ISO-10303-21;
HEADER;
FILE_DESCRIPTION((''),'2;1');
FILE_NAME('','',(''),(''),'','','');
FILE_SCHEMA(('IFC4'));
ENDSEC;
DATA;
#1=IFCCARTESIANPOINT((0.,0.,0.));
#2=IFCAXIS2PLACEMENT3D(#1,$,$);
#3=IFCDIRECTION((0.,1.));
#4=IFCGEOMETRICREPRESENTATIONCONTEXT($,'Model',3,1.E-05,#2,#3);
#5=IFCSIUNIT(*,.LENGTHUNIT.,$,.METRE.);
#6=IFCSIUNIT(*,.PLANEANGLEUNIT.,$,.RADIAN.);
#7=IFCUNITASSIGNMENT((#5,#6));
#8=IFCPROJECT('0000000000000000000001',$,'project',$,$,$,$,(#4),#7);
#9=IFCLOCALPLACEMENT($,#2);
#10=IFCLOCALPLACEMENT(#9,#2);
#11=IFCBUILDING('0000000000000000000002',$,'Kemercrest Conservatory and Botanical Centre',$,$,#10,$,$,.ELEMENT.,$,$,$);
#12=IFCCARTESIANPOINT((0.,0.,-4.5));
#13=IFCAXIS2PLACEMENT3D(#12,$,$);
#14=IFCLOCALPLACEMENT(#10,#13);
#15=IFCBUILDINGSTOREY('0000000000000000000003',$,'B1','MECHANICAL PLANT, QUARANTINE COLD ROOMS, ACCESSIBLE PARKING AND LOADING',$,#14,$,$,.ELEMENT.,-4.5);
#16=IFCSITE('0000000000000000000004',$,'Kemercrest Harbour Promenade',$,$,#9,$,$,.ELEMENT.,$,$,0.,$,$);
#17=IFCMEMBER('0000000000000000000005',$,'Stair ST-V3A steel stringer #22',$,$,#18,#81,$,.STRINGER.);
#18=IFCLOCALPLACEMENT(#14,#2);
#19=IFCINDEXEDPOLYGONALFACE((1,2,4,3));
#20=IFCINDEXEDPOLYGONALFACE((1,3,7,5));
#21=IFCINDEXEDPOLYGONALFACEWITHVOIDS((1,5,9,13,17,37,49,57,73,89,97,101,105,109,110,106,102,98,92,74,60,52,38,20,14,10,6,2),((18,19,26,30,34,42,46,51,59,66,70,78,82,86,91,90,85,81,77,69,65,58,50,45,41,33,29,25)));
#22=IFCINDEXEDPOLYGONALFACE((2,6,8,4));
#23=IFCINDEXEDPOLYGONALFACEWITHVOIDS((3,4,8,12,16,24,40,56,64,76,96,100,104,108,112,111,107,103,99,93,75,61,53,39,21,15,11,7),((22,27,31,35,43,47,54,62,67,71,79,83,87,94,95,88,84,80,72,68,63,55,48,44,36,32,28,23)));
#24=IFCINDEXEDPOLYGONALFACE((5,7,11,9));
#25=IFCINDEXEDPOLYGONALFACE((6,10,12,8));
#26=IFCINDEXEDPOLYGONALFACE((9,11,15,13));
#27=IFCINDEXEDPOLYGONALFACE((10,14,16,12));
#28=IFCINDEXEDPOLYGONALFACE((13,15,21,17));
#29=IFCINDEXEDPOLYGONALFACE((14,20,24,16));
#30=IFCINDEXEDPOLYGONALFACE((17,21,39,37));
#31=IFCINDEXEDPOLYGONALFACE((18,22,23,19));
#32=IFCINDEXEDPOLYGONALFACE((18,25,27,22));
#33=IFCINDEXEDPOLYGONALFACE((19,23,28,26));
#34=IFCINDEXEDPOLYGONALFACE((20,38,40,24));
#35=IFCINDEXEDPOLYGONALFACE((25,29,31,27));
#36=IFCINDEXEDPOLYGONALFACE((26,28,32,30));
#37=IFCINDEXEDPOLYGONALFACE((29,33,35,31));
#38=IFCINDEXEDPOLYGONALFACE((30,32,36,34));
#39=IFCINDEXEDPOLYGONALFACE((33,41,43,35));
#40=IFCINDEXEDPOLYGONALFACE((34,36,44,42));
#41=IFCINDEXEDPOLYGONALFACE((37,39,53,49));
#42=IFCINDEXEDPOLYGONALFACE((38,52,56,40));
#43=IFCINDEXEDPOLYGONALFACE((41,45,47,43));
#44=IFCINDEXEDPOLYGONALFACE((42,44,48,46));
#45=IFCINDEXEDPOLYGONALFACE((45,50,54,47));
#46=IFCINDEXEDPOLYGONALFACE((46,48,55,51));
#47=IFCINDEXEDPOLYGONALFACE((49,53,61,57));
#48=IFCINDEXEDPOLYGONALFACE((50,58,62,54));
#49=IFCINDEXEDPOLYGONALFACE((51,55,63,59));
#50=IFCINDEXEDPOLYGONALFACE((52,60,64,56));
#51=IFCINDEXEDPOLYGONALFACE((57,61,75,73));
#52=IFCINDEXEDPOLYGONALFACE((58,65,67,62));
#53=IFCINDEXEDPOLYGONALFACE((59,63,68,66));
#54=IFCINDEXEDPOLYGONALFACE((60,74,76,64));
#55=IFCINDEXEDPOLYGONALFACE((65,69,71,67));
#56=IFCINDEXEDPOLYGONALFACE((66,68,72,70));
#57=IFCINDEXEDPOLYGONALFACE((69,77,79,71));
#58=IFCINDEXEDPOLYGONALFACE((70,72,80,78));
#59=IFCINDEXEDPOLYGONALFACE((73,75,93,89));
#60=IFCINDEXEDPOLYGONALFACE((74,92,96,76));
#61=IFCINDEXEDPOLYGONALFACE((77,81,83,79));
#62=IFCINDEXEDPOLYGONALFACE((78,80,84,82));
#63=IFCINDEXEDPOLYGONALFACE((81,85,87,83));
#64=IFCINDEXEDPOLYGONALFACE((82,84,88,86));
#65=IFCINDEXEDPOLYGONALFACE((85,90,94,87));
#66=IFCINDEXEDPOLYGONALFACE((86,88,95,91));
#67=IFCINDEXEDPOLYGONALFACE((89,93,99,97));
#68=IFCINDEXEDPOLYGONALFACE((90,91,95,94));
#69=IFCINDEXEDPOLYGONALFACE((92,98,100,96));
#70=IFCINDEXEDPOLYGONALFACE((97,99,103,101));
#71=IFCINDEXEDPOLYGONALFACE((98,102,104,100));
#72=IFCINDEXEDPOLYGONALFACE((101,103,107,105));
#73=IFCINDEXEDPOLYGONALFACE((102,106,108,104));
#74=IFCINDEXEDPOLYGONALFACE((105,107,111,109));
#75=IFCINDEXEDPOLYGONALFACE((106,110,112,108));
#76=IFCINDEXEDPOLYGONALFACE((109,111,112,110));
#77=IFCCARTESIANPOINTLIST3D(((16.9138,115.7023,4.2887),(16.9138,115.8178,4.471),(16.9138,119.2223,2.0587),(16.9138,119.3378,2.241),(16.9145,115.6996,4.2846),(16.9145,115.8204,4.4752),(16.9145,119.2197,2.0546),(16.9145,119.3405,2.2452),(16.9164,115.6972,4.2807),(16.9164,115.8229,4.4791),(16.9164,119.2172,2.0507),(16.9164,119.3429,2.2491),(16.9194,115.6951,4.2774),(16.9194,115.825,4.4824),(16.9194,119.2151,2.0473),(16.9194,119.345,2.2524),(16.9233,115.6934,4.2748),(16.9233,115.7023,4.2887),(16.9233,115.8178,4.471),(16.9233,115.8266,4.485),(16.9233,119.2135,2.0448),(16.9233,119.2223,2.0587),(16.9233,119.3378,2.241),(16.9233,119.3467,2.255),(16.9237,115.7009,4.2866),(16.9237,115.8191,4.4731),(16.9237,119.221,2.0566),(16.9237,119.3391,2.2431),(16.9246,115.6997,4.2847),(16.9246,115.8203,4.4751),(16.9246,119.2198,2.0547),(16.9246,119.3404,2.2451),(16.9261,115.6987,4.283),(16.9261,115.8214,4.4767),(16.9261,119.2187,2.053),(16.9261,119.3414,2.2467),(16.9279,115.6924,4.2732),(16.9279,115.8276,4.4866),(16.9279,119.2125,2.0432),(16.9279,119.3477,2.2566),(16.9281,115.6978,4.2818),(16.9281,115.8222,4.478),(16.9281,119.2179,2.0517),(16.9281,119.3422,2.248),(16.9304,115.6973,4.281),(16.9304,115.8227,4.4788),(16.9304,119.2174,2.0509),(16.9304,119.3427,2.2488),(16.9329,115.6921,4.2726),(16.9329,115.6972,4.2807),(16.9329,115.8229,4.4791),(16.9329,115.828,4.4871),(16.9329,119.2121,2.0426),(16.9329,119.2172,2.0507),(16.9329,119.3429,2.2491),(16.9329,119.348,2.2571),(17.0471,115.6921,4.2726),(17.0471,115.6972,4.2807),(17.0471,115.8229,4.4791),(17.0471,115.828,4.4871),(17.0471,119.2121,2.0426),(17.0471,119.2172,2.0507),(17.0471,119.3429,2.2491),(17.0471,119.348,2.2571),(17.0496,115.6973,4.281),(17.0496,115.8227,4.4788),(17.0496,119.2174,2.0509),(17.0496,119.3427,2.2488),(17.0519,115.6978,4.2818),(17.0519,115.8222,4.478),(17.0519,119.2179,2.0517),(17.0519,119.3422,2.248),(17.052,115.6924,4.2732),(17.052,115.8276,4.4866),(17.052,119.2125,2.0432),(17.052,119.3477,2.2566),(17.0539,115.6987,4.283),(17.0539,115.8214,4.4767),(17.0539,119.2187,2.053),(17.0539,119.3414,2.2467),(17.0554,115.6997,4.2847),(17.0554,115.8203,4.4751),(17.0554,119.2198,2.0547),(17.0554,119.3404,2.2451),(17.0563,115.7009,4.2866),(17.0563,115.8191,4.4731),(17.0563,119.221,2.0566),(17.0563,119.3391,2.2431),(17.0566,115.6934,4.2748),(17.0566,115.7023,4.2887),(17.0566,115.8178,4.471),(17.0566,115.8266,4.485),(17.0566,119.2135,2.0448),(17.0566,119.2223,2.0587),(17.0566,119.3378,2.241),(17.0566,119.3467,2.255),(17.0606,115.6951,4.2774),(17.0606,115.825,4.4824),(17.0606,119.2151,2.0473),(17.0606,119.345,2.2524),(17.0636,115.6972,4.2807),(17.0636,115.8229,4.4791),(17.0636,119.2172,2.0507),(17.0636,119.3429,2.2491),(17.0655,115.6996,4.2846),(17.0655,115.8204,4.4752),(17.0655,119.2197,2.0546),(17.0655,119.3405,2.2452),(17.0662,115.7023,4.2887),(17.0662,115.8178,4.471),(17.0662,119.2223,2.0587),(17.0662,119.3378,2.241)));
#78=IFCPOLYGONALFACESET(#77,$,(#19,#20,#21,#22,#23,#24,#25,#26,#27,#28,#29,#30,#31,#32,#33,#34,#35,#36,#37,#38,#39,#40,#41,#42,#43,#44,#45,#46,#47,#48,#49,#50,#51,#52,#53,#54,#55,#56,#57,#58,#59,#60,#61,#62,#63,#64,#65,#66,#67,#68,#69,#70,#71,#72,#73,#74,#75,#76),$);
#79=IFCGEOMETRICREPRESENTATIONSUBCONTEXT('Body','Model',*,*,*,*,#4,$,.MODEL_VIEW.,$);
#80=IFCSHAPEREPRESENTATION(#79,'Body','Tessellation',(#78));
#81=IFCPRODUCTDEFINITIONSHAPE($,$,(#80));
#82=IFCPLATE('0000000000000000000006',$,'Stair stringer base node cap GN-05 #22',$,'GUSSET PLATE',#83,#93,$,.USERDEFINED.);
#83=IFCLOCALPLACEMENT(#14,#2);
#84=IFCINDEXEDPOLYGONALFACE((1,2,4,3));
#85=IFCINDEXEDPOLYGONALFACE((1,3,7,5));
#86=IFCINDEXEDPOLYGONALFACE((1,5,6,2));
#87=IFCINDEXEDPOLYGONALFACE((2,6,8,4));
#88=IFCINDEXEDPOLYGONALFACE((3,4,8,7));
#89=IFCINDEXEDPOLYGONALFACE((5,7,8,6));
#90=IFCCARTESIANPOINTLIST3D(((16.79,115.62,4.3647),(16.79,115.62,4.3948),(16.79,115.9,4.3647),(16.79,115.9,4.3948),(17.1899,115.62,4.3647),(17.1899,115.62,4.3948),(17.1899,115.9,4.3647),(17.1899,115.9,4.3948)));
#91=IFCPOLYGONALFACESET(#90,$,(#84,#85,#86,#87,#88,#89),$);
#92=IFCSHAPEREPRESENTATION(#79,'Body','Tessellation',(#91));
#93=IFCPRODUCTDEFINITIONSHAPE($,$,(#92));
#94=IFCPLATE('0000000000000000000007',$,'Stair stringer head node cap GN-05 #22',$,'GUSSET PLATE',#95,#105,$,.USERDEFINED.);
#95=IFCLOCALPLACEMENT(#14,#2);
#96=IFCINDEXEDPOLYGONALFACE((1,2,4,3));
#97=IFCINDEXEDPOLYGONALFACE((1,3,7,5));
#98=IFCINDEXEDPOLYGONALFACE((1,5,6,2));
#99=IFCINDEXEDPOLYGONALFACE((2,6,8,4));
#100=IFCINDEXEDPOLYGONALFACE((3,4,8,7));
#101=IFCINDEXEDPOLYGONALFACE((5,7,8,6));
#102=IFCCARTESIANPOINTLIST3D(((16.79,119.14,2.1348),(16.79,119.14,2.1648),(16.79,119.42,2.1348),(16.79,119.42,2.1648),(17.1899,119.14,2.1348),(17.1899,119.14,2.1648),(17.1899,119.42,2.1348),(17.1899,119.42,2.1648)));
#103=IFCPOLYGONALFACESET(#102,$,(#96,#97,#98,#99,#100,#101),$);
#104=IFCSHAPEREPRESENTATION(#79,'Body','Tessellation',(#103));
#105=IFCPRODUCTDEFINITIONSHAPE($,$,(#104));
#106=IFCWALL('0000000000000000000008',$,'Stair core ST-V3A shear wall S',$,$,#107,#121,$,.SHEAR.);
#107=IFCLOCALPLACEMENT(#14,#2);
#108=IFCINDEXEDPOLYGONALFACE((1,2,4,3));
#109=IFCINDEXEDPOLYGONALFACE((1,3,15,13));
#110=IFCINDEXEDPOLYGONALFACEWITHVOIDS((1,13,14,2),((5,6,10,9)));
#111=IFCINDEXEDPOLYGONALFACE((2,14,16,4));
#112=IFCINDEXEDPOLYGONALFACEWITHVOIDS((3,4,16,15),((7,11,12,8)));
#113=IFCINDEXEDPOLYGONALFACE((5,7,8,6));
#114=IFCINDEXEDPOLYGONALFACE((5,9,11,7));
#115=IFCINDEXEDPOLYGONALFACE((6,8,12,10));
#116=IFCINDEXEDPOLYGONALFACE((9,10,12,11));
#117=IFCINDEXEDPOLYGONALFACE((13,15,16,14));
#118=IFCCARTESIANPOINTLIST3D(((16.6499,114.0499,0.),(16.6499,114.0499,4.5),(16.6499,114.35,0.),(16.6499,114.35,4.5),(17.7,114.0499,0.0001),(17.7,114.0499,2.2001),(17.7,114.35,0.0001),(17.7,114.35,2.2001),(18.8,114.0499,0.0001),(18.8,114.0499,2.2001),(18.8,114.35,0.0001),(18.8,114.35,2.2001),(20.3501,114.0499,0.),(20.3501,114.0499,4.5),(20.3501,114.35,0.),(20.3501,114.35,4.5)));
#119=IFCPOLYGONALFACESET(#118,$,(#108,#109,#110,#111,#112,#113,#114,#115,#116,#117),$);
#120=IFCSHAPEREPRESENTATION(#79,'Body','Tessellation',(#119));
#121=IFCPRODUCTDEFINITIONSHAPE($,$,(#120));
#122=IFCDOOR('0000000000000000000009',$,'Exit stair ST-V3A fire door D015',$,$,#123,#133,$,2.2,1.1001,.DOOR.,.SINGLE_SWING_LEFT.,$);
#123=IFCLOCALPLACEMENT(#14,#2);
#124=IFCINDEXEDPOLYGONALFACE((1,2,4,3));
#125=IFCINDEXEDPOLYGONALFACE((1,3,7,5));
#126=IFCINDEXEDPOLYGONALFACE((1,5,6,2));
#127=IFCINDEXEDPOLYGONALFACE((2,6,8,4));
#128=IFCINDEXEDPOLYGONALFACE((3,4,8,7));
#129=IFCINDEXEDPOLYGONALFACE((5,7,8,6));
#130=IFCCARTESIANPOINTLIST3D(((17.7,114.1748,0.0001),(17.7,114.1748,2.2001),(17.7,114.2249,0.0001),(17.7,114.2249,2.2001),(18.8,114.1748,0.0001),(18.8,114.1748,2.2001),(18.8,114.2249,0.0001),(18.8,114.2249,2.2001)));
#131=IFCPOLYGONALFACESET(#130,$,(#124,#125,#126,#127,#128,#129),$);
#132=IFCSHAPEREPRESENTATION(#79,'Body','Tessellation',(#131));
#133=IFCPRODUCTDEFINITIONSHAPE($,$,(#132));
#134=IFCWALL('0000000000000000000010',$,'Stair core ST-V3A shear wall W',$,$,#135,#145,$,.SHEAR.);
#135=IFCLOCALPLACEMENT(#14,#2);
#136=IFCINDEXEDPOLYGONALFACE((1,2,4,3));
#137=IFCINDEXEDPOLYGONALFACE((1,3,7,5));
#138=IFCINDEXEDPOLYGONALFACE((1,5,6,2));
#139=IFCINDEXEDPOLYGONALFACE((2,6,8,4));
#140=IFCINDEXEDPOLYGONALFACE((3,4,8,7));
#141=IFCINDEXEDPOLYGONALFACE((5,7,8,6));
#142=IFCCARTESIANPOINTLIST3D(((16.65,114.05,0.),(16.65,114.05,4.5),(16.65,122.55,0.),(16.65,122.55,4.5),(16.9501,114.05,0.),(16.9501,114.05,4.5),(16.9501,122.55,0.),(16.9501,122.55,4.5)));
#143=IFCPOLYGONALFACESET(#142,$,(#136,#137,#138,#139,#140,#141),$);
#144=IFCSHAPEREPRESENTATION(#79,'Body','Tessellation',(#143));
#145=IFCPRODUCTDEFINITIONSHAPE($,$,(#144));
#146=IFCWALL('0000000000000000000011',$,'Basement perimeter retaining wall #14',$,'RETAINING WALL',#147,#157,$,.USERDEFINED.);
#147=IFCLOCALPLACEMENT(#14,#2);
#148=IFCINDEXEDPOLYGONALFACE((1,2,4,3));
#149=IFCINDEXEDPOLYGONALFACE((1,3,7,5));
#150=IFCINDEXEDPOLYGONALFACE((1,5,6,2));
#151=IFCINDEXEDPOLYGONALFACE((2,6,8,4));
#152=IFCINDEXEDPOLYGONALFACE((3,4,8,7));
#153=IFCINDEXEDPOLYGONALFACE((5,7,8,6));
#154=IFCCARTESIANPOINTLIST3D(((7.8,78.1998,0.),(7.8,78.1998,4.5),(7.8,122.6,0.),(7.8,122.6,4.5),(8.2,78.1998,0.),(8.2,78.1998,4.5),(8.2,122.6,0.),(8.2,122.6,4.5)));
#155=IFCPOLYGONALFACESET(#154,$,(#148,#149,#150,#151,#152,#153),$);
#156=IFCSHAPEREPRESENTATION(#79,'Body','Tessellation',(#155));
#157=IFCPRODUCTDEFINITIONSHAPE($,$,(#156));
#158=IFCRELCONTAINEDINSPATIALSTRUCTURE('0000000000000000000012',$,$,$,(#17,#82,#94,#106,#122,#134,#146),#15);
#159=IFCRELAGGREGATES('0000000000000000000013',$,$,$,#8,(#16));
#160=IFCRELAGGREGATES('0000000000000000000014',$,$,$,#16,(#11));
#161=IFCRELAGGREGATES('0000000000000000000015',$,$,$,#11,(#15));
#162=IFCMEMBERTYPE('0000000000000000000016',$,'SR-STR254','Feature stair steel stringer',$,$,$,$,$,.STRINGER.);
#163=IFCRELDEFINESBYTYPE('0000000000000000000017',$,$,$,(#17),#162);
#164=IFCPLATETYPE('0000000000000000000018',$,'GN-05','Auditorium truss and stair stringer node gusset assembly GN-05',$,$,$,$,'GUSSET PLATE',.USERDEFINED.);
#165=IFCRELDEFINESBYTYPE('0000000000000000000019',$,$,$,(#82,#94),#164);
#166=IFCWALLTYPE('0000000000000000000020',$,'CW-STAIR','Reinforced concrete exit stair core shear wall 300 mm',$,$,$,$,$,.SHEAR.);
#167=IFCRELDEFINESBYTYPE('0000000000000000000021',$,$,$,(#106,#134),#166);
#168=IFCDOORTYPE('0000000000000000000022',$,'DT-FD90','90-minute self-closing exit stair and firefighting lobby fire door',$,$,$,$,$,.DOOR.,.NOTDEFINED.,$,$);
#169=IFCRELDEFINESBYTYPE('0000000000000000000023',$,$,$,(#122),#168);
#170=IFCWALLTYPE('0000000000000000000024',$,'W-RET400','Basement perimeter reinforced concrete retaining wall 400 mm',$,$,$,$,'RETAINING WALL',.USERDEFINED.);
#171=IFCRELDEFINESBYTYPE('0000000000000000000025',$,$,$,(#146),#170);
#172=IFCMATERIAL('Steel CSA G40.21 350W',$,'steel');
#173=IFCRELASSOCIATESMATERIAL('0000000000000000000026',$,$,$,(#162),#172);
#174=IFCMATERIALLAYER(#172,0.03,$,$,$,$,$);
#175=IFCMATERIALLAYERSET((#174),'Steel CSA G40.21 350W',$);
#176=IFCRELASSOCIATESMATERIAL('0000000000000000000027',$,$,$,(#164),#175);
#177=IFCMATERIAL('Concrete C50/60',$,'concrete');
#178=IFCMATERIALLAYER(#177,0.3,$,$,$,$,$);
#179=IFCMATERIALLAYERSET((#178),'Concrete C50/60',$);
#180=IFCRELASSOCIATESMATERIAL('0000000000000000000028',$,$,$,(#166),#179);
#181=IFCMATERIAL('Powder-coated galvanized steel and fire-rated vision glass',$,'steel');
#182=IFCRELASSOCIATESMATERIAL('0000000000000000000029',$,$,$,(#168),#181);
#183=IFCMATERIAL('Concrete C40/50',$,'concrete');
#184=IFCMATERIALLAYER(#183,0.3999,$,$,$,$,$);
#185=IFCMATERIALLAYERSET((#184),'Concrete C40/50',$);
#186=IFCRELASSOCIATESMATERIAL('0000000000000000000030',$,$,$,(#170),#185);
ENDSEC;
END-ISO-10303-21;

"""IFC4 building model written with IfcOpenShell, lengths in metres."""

from ifc_helpers import new_model, si_unit, direction, frame, frame_2d, origin, origin_2d, place, context, subcontext, project, spatial, rectangle, hollow_rectangle, extrude, material, layer, layer_set, material_profile, profile_set, type_object, element, fill, save


model = new_model("IFC4")

# Units and contexts
model_context = context("Model", 3, precision=1e-05, world=origin(), true_north=direction((0.0, 1.0)))
body_context = subcontext(model_context, "Body", "Model", "MODEL_VIEW")
ifc_project = project(units=[si_unit("LENGTHUNIT", "METRE"), si_unit("PLANEANGLEUNIT", "RADIAN")], contexts=[model_context])

# Site, building, storey
site_placement = place(None, origin())
site = spatial("IfcSite", under=ifc_project, at=site_placement, Name="Kemercrest Harbour Promenade", CompositionType="ELEMENT", RefElevation=0.0)
building_placement = place(site_placement, origin())
building = spatial("IfcBuilding", under=site, at=building_placement, Name="Kemercrest Conservatory and Botanical Centre", CompositionType="ELEMENT")
storey_placement = place(building_placement, frame((0.0, 0.0, -4.5)))
storey = spatial("IfcBuildingStorey", under=building, at=storey_placement, Name="B1", Description="MECHANICAL PLANT, QUARANTINE COLD ROOMS, ACCESSIBLE PARKING AND LOADING", CompositionType="ELEMENT", Elevation=-4.5)

# Shared definitions
ifc_material_1 = material(Name="Concrete C40/50", Category="concrete")

# Shared definitions
ifc_material_2 = material(Name="Concrete C50/60", Category="concrete")

# Member
ifc_material_3 = material(Name="Steel CSA G40.21 350W", Category="steel")
ifc_material_profile_1 = material_profile(ifc_material_3, hollow_rectangle(XDim=0.1523, YDim=0.2539, WallThickness=0.0095, InnerFilletRadius=0.0095, OuterFilletRadius=0.019, at=origin_2d()), Name="HSS 254x152x9.5")
ifc_profile_set_1 = profile_set([ifc_material_profile_1], Name="Steel CSA G40.21 350W")
member_type = type_object("IfcMemberType", Name="SR-STR254", Description="Feature stair steel stringer", PredefinedType="STRINGER", material=ifc_profile_set_1)
member_placement = place(storey_placement, frame((16.99, 115.76, 4.3799), z_axis=(0.0, 0.84475, -0.535161), x_axis=(-1.0, 0.0, 0.0)))
element("IfcMember", 1, at=member_placement, inside=storey, type_object=member_type, Name="Stair ST-V3A steel stringer #22", PredefinedType="STRINGER", context=body_context, shape_type="SweptSolid", body=[
    extrude(hollow_rectangle(XDim=0.1523, YDim=0.2539, WallThickness=0.0095, InnerFilletRadius=0.0095, OuterFilletRadius=0.019, at=origin_2d()), origin(), (0.0, 0.0, 1.0), 4.167),
])

# Plates
ifc_layer_1 = layer(ifc_material_3, 0.03)
ifc_layer_set_1 = layer_set([ifc_layer_1], Name="Steel CSA G40.21 350W")
plate_type = type_object("IfcPlateType", Name="GN-05", Description="Auditorium truss and stair stringer node gusset assembly GN-05", ElementType="GUSSET PLATE", PredefinedType="USERDEFINED", material=ifc_layer_set_1)
for number, where, z_axis, x_axis, name in (
    (2, (16.99, 115.76, 4.3647), (0.0, 0.0, 1.0), (1.0, 0.0, 0.0), "Stair stringer base node cap GN-05 #22"),
    (3, (16.99, 119.28, 2.1348), (0.0, 0.0, 1.0), (1.0, 0.0, 0.0), "Stair stringer head node cap GN-05 #22"),
):
    element("IfcPlate", number, at=place(storey_placement, frame(where, z_axis=z_axis, x_axis=x_axis)), inside=storey, type_object=plate_type, Name=name, ObjectType="GUSSET PLATE", PredefinedType="USERDEFINED", context=body_context, shape_type="SweptSolid", body=[
        extrude(rectangle(XDim=0.3999, YDim=0.28, at=origin_2d()), origin(), (0.0, 0.0, 1.0), 0.03),
    ])

# Wall, opening, door
ifc_layer_2 = layer(ifc_material_2, 0.3)
ifc_layer_set_2 = layer_set([ifc_layer_2], Name="Concrete C50/60")
wall_type_1 = type_object("IfcWallType", Name="CW-STAIR", Description="Reinforced concrete exit stair core shear wall 300 mm", PredefinedType="SHEAR", material=ifc_layer_set_2)
wall_1_placement = place(storey_placement, frame((16.6499, 114.2, 0.0), z_axis=(0.0, 0.0, 1.0), x_axis=(1.0, 0.0, 0.0)))
wall_1 = element("IfcWall", 4, at=wall_1_placement, inside=storey, type_object=wall_type_1, Name="Stair core ST-V3A shear wall S", PredefinedType="SHEAR", context=body_context, shape_type="SweptSolid", body=[
    extrude(rectangle(XDim=3.7002, YDim=0.3, at=frame_2d((1.8501, 0.0))), origin(), (0.0, 0.0, 1.0), 4.5),
])
opening_placement = place(wall_1_placement, frame((1.05, 0.0, 0.0)))
opening = element("IfcOpeningElement", 5, at=opening_placement, cuts=wall_1, PredefinedType="OPENING", context=body_context, shape_type="SweptSolid", body=[
    extrude(rectangle(XDim=1.1001, YDim=2.2, at=frame_2d((0.55, 1.1001))), frame((0.0, 0.1602, 0.0), z_axis=(0.0, -1.0, 0.0), x_axis=(1.0, 0.0, 0.0)), (0.0, 0.0, 1.0), 0.3201),
])
ifc_material_4 = material(Name="Powder-coated galvanized steel and fire-rated vision glass", Category="steel")
door_type = type_object("IfcDoorType", Name="DT-FD90", Description="90-minute self-closing exit stair and firefighting lobby fire door", OperationType="NOTDEFINED", PredefinedType="DOOR", material=ifc_material_4)
door_placement = place(opening_placement, origin())
door = element("IfcDoor", 6, at=door_placement, inside=storey, type_object=door_type, Name="Exit stair ST-V3A fire door D015", OperationType="SINGLE_SWING_LEFT", OverallHeight=2.2, OverallWidth=1.1001, PredefinedType="DOOR", context=body_context, shape_type="SweptSolid", body=[
    extrude(rectangle(XDim=1.1001, YDim=2.2, at=frame_2d((0.55, 1.1001))), frame((0.0, 0.0249, 0.0), z_axis=(0.0, -1.0, 0.0), x_axis=(1.0, 0.0, 0.0)), (0.0, 0.0, 1.0), 0.05),
])
fill(opening, door)

# Walls
wall_2_placement = place(storey_placement, frame((16.8, 114.05, 0.0), z_axis=(0.0, 0.0, 1.0), x_axis=(0.0, 1.0, 0.0)))
element("IfcWall", 7, at=wall_2_placement, inside=storey, type_object=wall_type_1, Name="Stair core ST-V3A shear wall W", PredefinedType="SHEAR", context=body_context, shape_type="SweptSolid", body=[
    extrude(rectangle(XDim=8.5, YDim=0.3, at=frame_2d((4.25, 0.0))), origin(), (0.0, 0.0, 1.0), 4.5),
])
ifc_layer_3 = layer(ifc_material_1, 0.3999)
ifc_layer_set_3 = layer_set([ifc_layer_3], Name="Concrete C40/50")
wall_type_2 = type_object("IfcWallType", Name="W-RET400", Description="Basement perimeter reinforced concrete retaining wall 400 mm", ElementType="RETAINING WALL", PredefinedType="USERDEFINED", material=ifc_layer_set_3)
wall_3_placement = place(storey_placement, frame((8.0, 122.6001, 0.0), z_axis=(0.0, 0.0, 1.0), x_axis=(0.0, -1.0, 0.0)))
element("IfcWall", 8, at=wall_3_placement, inside=storey, type_object=wall_type_2, Name="Basement perimeter retaining wall #14", ObjectType="RETAINING WALL", PredefinedType="USERDEFINED", context=body_context, shape_type="SweptSolid", body=[
    extrude(rectangle(XDim=44.4001, YDim=0.3999, at=frame_2d((22.2002, 0.0))), origin(), (0.0, 0.0, 1.0), 4.5),
])

save(model, "model.ifc")
